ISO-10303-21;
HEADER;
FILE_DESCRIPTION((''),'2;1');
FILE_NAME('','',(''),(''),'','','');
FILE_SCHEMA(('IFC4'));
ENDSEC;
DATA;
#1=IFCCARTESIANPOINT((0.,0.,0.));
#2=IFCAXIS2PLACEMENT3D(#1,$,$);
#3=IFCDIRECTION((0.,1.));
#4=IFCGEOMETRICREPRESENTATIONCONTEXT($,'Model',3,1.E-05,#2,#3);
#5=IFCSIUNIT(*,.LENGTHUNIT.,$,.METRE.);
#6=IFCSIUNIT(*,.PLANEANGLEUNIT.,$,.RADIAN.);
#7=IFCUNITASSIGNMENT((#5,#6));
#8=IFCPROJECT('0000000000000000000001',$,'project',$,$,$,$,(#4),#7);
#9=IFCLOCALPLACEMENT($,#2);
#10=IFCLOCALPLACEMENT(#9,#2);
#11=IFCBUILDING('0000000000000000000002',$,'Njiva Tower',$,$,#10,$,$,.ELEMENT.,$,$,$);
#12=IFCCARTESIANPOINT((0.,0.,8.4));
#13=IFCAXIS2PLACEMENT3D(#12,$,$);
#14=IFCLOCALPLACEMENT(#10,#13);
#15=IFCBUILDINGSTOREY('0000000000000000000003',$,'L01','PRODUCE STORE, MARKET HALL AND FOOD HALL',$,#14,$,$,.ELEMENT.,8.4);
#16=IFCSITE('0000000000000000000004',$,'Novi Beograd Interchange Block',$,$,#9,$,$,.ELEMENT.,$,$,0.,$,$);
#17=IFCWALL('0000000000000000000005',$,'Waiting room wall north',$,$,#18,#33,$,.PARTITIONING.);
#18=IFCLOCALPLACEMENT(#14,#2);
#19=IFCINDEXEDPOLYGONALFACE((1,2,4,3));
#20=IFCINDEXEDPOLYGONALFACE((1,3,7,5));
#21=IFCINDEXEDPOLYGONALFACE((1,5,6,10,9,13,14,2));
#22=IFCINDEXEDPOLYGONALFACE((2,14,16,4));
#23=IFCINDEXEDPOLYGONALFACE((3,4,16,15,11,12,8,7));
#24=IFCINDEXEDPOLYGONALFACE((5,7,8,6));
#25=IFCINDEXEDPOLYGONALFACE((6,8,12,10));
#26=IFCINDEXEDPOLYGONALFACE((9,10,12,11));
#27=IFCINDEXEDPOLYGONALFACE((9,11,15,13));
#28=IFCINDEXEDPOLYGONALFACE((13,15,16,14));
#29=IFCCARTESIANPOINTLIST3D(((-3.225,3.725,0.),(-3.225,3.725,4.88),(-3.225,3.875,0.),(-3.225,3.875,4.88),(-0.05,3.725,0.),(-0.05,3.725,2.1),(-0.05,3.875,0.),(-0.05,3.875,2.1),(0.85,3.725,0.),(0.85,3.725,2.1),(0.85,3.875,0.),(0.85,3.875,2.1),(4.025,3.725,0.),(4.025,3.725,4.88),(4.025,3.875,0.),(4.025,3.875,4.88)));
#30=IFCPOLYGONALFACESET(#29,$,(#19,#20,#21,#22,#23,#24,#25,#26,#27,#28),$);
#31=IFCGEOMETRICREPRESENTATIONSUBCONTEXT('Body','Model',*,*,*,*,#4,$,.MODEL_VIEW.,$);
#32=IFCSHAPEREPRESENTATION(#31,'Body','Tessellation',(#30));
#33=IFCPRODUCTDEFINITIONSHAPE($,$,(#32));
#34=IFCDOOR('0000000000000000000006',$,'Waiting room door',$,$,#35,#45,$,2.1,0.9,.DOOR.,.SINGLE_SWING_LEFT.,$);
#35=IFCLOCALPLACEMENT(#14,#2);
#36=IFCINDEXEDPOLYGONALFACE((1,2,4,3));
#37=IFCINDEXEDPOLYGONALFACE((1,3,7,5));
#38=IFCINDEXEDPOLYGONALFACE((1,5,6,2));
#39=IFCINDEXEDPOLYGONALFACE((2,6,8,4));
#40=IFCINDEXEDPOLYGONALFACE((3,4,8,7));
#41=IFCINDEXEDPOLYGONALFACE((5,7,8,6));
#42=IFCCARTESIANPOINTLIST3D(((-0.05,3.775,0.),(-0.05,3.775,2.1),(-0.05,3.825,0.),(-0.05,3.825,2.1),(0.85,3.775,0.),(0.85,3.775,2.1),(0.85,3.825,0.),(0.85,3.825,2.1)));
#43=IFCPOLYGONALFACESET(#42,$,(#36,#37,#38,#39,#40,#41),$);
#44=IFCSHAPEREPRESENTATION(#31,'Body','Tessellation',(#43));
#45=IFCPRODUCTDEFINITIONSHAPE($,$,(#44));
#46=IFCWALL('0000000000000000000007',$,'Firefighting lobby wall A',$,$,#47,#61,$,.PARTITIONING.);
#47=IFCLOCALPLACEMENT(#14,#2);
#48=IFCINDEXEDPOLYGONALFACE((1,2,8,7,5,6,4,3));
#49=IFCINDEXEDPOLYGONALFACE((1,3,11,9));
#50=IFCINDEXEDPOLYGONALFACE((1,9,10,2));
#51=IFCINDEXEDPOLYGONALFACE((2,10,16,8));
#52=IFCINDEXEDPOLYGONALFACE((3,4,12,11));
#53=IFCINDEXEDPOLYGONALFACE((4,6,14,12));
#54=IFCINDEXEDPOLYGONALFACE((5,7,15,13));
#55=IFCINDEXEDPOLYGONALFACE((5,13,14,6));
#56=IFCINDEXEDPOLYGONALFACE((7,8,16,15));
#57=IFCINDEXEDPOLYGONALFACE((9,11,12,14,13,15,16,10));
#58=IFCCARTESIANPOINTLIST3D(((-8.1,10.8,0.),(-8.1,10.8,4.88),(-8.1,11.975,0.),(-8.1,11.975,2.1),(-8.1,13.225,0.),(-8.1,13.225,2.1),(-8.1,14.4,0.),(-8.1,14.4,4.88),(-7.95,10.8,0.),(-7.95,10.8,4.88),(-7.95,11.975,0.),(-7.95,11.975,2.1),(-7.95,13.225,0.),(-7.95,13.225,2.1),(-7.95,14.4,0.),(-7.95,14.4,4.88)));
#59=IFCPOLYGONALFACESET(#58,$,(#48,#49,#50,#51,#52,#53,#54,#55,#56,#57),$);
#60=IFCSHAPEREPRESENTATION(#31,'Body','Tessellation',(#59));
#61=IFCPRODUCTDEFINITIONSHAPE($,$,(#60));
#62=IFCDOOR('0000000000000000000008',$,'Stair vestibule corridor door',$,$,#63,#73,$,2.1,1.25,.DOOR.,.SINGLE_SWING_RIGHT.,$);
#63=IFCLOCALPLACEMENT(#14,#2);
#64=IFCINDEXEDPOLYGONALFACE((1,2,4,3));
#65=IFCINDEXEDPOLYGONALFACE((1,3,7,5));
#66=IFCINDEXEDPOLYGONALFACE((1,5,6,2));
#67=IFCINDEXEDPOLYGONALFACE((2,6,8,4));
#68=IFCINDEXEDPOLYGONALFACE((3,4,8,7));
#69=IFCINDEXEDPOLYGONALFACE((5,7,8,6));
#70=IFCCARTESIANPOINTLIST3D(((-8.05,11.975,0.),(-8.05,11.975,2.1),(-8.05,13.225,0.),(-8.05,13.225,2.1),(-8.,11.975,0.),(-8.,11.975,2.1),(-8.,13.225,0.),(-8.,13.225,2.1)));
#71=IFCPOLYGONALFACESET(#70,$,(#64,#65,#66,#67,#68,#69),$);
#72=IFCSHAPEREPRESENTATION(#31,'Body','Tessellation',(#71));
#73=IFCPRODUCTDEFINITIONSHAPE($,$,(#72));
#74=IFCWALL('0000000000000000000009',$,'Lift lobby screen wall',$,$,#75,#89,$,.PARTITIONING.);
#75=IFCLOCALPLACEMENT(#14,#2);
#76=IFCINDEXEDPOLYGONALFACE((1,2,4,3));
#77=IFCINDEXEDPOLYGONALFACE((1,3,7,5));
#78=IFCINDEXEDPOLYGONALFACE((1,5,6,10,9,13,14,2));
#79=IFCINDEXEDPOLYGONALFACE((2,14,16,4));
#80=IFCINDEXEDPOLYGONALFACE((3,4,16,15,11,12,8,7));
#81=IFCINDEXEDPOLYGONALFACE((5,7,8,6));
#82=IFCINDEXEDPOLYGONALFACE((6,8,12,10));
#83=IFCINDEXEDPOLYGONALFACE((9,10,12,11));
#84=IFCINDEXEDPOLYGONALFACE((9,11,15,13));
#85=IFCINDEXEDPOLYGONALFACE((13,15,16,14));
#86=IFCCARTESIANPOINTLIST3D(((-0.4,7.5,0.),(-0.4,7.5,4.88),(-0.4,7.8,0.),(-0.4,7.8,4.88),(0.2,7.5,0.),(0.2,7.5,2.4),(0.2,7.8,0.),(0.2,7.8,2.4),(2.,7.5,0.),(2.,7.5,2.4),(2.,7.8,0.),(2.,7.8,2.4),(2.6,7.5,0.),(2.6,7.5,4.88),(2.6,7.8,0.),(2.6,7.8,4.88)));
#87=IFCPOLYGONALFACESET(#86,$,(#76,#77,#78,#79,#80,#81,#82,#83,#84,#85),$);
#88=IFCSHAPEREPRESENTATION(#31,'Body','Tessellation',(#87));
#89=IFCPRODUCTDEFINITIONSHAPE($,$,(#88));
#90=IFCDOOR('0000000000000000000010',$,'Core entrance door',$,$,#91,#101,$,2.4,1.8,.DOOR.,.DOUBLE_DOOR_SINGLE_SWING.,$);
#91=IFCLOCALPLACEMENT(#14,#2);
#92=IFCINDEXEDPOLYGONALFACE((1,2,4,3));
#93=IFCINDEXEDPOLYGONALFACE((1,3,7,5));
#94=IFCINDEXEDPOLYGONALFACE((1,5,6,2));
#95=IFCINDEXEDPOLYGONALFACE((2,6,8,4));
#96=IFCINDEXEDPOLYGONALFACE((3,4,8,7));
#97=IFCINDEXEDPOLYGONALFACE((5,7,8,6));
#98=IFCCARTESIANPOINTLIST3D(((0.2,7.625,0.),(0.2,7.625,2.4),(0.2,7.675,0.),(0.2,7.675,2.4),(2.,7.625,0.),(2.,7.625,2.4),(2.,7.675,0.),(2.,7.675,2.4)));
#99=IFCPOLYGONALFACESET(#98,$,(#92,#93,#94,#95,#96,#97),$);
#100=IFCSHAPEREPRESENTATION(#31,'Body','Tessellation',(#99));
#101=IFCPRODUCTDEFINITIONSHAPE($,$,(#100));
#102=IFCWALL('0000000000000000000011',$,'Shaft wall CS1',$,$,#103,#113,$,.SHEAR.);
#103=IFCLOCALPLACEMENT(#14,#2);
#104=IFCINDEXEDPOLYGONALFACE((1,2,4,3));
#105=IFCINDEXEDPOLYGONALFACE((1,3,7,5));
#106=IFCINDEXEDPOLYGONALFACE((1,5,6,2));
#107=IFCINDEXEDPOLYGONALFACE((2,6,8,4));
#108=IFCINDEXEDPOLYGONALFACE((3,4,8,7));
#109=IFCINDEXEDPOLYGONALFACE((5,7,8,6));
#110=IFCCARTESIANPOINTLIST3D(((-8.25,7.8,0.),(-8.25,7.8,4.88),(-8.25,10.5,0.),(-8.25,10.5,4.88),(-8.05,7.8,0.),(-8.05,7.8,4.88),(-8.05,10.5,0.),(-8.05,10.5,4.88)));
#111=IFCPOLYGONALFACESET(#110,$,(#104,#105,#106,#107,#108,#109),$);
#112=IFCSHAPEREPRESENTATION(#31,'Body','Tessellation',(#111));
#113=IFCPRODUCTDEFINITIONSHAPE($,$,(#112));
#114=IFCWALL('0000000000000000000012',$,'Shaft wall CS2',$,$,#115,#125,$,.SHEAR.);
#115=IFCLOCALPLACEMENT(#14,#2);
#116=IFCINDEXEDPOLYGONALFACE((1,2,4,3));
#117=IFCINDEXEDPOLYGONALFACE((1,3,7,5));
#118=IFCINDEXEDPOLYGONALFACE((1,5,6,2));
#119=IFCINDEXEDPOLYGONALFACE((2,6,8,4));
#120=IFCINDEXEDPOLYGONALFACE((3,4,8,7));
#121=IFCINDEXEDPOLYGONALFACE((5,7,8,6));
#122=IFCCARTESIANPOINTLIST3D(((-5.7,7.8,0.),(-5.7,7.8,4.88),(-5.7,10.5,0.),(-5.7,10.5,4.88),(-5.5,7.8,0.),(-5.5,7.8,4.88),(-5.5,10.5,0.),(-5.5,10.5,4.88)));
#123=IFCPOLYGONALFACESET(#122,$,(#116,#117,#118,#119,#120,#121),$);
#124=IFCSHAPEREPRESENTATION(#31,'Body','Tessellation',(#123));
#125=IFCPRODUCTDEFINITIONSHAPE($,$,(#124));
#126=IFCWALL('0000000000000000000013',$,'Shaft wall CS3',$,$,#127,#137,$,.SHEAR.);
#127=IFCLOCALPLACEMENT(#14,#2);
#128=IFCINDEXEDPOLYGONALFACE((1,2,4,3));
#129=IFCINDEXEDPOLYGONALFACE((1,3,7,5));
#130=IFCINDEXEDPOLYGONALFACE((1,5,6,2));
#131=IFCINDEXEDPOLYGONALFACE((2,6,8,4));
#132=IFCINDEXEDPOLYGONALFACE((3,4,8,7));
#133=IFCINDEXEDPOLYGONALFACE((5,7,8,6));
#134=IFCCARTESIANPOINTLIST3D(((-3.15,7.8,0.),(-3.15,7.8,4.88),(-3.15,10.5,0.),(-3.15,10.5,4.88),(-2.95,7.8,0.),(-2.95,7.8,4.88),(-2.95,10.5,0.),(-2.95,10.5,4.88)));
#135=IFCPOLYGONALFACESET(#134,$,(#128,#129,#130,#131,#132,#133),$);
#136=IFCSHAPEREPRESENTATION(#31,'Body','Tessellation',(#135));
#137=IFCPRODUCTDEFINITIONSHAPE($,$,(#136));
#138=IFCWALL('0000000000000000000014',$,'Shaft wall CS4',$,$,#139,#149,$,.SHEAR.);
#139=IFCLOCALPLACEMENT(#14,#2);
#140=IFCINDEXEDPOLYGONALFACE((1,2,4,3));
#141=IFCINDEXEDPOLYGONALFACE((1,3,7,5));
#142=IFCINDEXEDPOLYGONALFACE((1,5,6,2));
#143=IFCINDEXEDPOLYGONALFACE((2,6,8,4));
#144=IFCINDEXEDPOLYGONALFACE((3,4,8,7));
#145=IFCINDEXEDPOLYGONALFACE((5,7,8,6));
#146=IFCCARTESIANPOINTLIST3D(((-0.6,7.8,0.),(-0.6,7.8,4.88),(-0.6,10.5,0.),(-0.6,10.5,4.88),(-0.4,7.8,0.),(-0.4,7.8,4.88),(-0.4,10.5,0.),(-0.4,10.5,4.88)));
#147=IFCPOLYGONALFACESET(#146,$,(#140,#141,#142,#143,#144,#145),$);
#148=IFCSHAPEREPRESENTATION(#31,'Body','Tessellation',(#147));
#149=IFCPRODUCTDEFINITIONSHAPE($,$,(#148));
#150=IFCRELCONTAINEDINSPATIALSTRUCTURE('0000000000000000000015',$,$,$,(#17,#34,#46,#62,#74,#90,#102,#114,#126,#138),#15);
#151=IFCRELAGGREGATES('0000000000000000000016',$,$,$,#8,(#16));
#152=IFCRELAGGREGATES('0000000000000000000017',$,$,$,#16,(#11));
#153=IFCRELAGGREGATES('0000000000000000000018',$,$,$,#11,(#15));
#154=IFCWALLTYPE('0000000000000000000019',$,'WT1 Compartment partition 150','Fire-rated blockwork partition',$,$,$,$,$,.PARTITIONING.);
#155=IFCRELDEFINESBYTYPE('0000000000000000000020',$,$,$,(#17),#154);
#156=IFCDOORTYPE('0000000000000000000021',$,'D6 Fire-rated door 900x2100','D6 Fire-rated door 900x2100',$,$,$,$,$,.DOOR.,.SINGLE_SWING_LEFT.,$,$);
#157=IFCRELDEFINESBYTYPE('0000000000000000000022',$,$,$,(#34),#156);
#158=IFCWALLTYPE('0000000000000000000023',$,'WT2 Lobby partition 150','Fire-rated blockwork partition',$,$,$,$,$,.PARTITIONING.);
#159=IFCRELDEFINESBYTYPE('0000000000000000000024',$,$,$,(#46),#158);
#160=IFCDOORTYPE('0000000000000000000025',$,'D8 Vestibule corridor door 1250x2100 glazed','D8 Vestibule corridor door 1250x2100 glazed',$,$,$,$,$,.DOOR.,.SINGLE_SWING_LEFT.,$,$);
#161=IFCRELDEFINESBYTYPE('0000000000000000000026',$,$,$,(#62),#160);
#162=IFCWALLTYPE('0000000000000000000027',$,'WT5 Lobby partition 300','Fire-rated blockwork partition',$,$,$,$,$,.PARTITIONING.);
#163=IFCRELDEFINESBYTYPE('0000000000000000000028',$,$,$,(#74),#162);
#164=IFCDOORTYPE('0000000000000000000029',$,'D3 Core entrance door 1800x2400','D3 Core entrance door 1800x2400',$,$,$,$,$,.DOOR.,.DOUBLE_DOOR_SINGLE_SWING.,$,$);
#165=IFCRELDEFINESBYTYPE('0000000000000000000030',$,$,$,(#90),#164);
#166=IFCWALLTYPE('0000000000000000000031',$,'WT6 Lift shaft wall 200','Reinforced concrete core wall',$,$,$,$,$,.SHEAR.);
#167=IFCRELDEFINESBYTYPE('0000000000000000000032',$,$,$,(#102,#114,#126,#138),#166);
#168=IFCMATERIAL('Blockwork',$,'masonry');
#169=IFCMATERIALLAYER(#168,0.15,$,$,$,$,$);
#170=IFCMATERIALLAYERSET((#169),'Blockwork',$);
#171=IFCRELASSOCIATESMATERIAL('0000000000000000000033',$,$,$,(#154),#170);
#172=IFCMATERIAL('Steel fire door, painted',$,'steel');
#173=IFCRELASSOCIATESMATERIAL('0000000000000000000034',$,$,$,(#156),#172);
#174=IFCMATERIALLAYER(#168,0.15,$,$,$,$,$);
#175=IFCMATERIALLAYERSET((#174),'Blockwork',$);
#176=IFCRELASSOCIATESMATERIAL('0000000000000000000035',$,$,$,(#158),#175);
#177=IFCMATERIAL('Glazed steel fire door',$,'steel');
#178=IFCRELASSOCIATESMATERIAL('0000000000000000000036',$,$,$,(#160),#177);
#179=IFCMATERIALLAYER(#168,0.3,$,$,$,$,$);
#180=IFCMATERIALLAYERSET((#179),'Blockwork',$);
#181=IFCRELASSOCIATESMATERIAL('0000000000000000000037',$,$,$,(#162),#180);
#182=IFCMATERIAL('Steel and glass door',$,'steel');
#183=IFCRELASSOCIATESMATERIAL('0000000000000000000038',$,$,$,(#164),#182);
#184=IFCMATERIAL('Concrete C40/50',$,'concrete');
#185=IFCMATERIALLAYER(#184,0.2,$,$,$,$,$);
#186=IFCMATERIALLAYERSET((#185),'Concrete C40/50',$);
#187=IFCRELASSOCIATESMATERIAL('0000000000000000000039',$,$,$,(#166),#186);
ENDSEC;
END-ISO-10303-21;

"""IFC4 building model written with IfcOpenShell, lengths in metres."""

from ifc_helpers import new_model, si_unit, direction, frame, frame_2d, origin, place, context, subcontext, project, spatial, rectangle, extrude, material, layer, layer_set, type_object, element, fill, save


model = new_model("IFC4")

# Units and contexts
model_context = context("Model", 3, precision=1e-05, world=origin(), true_north=direction((0.0, 1.0)))
body_context = subcontext(model_context, "Body", "Model", "MODEL_VIEW")
ifc_project = project(units=[si_unit("LENGTHUNIT", "METRE"), si_unit("PLANEANGLEUNIT", "RADIAN")], contexts=[model_context])

# Site, building, storey
site_placement = place(None, origin())
site = spatial("IfcSite", under=ifc_project, at=site_placement, Name="Novi Beograd Interchange Block", CompositionType="ELEMENT", RefElevation=0.0)
building_placement = place(site_placement, origin())
building = spatial("IfcBuilding", under=site, at=building_placement, Name="Njiva Tower", CompositionType="ELEMENT")
storey_placement = place(building_placement, frame((0.0, 0.0, 8.4)))
storey = spatial("IfcBuildingStorey", under=building, at=storey_placement, Name="L01", Description="PRODUCE STORE, MARKET HALL AND FOOD HALL", CompositionType="ELEMENT", Elevation=8.4)

# Walls, openings, doors
ifc_material_1 = material(Name="Blockwork", Category="masonry")
ifc_layer_1 = layer(ifc_material_1, 0.15)
ifc_layer_set_1 = layer_set([ifc_layer_1], Name="Blockwork")
wall_type_1 = type_object("IfcWallType", Name="WT1 Compartment partition 150", Description="Fire-rated blockwork partition", PredefinedType="PARTITIONING", material=ifc_layer_set_1)
wall_1_placement = place(storey_placement, frame((-3.225, 3.8, 0.0), z_axis=(0.0, 0.0, 1.0), x_axis=(1.0, 0.0, 0.0)))
wall_1 = element("IfcWall", 1, at=wall_1_placement, inside=storey, type_object=wall_type_1, Name="Waiting room wall north", PredefinedType="PARTITIONING", context=body_context, shape_type="SweptSolid", body=[
    extrude(rectangle(XDim=7.25, YDim=0.15, at=frame_2d((3.625, 0.0))), origin(), (0.0, 0.0, 1.0), 4.88),
])
opening_1_placement = place(wall_1_placement, frame((3.175, 0.0, 0.0)))
opening_1 = element("IfcOpeningElement", 2, at=opening_1_placement, cuts=wall_1, PredefinedType="OPENING", context=body_context, shape_type="SweptSolid", body=[
    extrude(rectangle(XDim=0.9, YDim=2.1, at=frame_2d((0.45, 1.05))), frame((0.0, 0.085, 0.0), z_axis=(0.0, -1.0, 0.0), x_axis=(1.0, 0.0, 0.0)), (0.0, 0.0, 1.0), 0.17),
])
ifc_material_2 = material(Name="Steel fire door, painted", Category="steel")
door_type_1 = type_object("IfcDoorType", Name="D6 Fire-rated door 900x2100", Description="D6 Fire-rated door 900x2100", OperationType="SINGLE_SWING_LEFT", PredefinedType="DOOR", material=ifc_material_2)
door_1_placement = place(opening_1_placement, origin())
door_1 = element("IfcDoor", 3, at=door_1_placement, inside=storey, type_object=door_type_1, Name="Waiting room door", OperationType="SINGLE_SWING_LEFT", OverallHeight=2.1, OverallWidth=0.9, PredefinedType="DOOR", context=body_context, shape_type="SweptSolid", body=[
    extrude(rectangle(XDim=0.9, YDim=2.1, at=frame_2d((0.45, 1.05))), frame((0.0, 0.025, 0.0), z_axis=(0.0, -1.0, 0.0), x_axis=(1.0, 0.0, 0.0)), (0.0, 0.0, 1.0), 0.05),
])
fill(opening_1, door_1)
ifc_layer_2 = layer(ifc_material_1, 0.15)
ifc_layer_set_2 = layer_set([ifc_layer_2], Name="Blockwork")
wall_type_2 = type_object("IfcWallType", Name="WT2 Lobby partition 150", Description="Fire-rated blockwork partition", PredefinedType="PARTITIONING", material=ifc_layer_set_2)
wall_2_placement = place(storey_placement, frame((-8.025, 10.8, 0.0), z_axis=(0.0, 0.0, 1.0), x_axis=(0.0, 1.0, 0.0)))
wall_2 = element("IfcWall", 4, at=wall_2_placement, inside=storey, type_object=wall_type_2, Name="Firefighting lobby wall A", PredefinedType="PARTITIONING", context=body_context, shape_type="SweptSolid", body=[
    extrude(rectangle(XDim=3.6, YDim=0.15, at=frame_2d((1.8, 0.0))), origin(), (0.0, 0.0, 1.0), 4.88),
])
opening_2_placement = place(wall_2_placement, frame((1.175, 0.0, 0.0)))
opening_2 = element("IfcOpeningElement", 5, at=opening_2_placement, cuts=wall_2, PredefinedType="OPENING", context=body_context, shape_type="SweptSolid", body=[
    extrude(rectangle(XDim=1.25, YDim=2.1, at=frame_2d((0.625, 1.05))), frame((0.0, 0.085, 0.0), z_axis=(0.0, -1.0, 0.0), x_axis=(1.0, 0.0, 0.0)), (0.0, 0.0, 1.0), 0.17),
])
ifc_material_3 = material(Name="Glazed steel fire door", Category="steel")
door_type_2 = type_object("IfcDoorType", Name="D8 Vestibule corridor door 1250x2100 glazed", Description="D8 Vestibule corridor door 1250x2100 glazed", OperationType="SINGLE_SWING_LEFT", PredefinedType="DOOR", material=ifc_material_3)
door_2_placement = place(opening_2_placement, origin())
door_2 = element("IfcDoor", 6, at=door_2_placement, inside=storey, type_object=door_type_2, Name="Stair vestibule corridor door", OperationType="SINGLE_SWING_RIGHT", OverallHeight=2.1, OverallWidth=1.25, PredefinedType="DOOR", context=body_context, shape_type="SweptSolid", body=[
    extrude(rectangle(XDim=1.25, YDim=2.1, at=frame_2d((0.625, 1.05))), frame((0.0, 0.025, 0.0), z_axis=(0.0, -1.0, 0.0), x_axis=(1.0, 0.0, 0.0)), (0.0, 0.0, 1.0), 0.05),
])
fill(opening_2, door_2)
ifc_layer_3 = layer(ifc_material_1, 0.3)
ifc_layer_set_3 = layer_set([ifc_layer_3], Name="Blockwork")
wall_type_3 = type_object("IfcWallType", Name="WT5 Lobby partition 300", Description="Fire-rated blockwork partition", PredefinedType="PARTITIONING", material=ifc_layer_set_3)
wall_3_placement = place(storey_placement, frame((-0.4, 7.65, 0.0), z_axis=(0.0, 0.0, 1.0), x_axis=(1.0, 0.0, 0.0)))
wall_3 = element("IfcWall", 7, at=wall_3_placement, inside=storey, type_object=wall_type_3, Name="Lift lobby screen wall", PredefinedType="PARTITIONING", context=body_context, shape_type="SweptSolid", body=[
    extrude(rectangle(XDim=3.0, YDim=0.3, at=frame_2d((1.5, 0.0))), origin(), (0.0, 0.0, 1.0), 4.88),
])
opening_3_placement = place(wall_3_placement, frame((0.6, 0.0, 0.0)))
opening_3 = element("IfcOpeningElement", 8, at=opening_3_placement, cuts=wall_3, PredefinedType="OPENING", context=body_context, shape_type="SweptSolid", body=[
    extrude(rectangle(XDim=1.8, YDim=2.4, at=frame_2d((0.9, 1.2))), frame((0.0, 0.16, 0.0), z_axis=(0.0, -1.0, 0.0), x_axis=(1.0, 0.0, 0.0)), (0.0, 0.0, 1.0), 0.32),
])
ifc_material_4 = material(Name="Steel and glass door", Category="steel")
door_type_3 = type_object("IfcDoorType", Name="D3 Core entrance door 1800x2400", Description="D3 Core entrance door 1800x2400", OperationType="DOUBLE_DOOR_SINGLE_SWING", PredefinedType="DOOR", material=ifc_material_4)
door_3_placement = place(opening_3_placement, origin())
door_3 = element("IfcDoor", 9, at=door_3_placement, inside=storey, type_object=door_type_3, Name="Core entrance door", OperationType="DOUBLE_DOOR_SINGLE_SWING", OverallHeight=2.4, OverallWidth=1.8, PredefinedType="DOOR", context=body_context, shape_type="SweptSolid", body=[
    extrude(rectangle(XDim=1.8, YDim=2.4, at=frame_2d((0.9, 1.2))), frame((0.0, 0.025, 0.0), z_axis=(0.0, -1.0, 0.0), x_axis=(1.0, 0.0, 0.0)), (0.0, 0.0, 1.0), 0.05),
])
fill(opening_3, door_3)

# Walls
ifc_material_5 = material(Name="Concrete C40/50", Category="concrete")
ifc_layer_4 = layer(ifc_material_5, 0.2)
ifc_layer_set_4 = layer_set([ifc_layer_4], Name="Concrete C40/50")
wall_type_4 = type_object("IfcWallType", Name="WT6 Lift shaft wall 200", Description="Reinforced concrete core wall", PredefinedType="SHEAR", material=ifc_layer_set_4)
for number, where, z_axis, x_axis, name in (
    (10, (-8.15, 7.8, 0.0), (0.0, 0.0, 1.0), (0.0, 1.0, 0.0), "Shaft wall CS1"),
    (11, (-5.6, 7.8, 0.0), (0.0, 0.0, 1.0), (0.0, 1.0, 0.0), "Shaft wall CS2"),
    (12, (-3.05, 7.8, 0.0), (0.0, 0.0, 1.0), (0.0, 1.0, 0.0), "Shaft wall CS3"),
    (13, (-0.5, 7.8, 0.0), (0.0, 0.0, 1.0), (0.0, 1.0, 0.0), "Shaft wall CS4"),
):
    element("IfcWall", number, at=place(storey_placement, frame(where, z_axis=z_axis, x_axis=x_axis)), inside=storey, type_object=wall_type_4, Name=name, PredefinedType="SHEAR", context=body_context, shape_type="SweptSolid", body=[
        extrude(rectangle(XDim=2.7, YDim=0.2, at=frame_2d((1.35, 0.0))), origin(), (0.0, 0.0, 1.0), 4.88),
    ])

save(model, "model.ifc")
